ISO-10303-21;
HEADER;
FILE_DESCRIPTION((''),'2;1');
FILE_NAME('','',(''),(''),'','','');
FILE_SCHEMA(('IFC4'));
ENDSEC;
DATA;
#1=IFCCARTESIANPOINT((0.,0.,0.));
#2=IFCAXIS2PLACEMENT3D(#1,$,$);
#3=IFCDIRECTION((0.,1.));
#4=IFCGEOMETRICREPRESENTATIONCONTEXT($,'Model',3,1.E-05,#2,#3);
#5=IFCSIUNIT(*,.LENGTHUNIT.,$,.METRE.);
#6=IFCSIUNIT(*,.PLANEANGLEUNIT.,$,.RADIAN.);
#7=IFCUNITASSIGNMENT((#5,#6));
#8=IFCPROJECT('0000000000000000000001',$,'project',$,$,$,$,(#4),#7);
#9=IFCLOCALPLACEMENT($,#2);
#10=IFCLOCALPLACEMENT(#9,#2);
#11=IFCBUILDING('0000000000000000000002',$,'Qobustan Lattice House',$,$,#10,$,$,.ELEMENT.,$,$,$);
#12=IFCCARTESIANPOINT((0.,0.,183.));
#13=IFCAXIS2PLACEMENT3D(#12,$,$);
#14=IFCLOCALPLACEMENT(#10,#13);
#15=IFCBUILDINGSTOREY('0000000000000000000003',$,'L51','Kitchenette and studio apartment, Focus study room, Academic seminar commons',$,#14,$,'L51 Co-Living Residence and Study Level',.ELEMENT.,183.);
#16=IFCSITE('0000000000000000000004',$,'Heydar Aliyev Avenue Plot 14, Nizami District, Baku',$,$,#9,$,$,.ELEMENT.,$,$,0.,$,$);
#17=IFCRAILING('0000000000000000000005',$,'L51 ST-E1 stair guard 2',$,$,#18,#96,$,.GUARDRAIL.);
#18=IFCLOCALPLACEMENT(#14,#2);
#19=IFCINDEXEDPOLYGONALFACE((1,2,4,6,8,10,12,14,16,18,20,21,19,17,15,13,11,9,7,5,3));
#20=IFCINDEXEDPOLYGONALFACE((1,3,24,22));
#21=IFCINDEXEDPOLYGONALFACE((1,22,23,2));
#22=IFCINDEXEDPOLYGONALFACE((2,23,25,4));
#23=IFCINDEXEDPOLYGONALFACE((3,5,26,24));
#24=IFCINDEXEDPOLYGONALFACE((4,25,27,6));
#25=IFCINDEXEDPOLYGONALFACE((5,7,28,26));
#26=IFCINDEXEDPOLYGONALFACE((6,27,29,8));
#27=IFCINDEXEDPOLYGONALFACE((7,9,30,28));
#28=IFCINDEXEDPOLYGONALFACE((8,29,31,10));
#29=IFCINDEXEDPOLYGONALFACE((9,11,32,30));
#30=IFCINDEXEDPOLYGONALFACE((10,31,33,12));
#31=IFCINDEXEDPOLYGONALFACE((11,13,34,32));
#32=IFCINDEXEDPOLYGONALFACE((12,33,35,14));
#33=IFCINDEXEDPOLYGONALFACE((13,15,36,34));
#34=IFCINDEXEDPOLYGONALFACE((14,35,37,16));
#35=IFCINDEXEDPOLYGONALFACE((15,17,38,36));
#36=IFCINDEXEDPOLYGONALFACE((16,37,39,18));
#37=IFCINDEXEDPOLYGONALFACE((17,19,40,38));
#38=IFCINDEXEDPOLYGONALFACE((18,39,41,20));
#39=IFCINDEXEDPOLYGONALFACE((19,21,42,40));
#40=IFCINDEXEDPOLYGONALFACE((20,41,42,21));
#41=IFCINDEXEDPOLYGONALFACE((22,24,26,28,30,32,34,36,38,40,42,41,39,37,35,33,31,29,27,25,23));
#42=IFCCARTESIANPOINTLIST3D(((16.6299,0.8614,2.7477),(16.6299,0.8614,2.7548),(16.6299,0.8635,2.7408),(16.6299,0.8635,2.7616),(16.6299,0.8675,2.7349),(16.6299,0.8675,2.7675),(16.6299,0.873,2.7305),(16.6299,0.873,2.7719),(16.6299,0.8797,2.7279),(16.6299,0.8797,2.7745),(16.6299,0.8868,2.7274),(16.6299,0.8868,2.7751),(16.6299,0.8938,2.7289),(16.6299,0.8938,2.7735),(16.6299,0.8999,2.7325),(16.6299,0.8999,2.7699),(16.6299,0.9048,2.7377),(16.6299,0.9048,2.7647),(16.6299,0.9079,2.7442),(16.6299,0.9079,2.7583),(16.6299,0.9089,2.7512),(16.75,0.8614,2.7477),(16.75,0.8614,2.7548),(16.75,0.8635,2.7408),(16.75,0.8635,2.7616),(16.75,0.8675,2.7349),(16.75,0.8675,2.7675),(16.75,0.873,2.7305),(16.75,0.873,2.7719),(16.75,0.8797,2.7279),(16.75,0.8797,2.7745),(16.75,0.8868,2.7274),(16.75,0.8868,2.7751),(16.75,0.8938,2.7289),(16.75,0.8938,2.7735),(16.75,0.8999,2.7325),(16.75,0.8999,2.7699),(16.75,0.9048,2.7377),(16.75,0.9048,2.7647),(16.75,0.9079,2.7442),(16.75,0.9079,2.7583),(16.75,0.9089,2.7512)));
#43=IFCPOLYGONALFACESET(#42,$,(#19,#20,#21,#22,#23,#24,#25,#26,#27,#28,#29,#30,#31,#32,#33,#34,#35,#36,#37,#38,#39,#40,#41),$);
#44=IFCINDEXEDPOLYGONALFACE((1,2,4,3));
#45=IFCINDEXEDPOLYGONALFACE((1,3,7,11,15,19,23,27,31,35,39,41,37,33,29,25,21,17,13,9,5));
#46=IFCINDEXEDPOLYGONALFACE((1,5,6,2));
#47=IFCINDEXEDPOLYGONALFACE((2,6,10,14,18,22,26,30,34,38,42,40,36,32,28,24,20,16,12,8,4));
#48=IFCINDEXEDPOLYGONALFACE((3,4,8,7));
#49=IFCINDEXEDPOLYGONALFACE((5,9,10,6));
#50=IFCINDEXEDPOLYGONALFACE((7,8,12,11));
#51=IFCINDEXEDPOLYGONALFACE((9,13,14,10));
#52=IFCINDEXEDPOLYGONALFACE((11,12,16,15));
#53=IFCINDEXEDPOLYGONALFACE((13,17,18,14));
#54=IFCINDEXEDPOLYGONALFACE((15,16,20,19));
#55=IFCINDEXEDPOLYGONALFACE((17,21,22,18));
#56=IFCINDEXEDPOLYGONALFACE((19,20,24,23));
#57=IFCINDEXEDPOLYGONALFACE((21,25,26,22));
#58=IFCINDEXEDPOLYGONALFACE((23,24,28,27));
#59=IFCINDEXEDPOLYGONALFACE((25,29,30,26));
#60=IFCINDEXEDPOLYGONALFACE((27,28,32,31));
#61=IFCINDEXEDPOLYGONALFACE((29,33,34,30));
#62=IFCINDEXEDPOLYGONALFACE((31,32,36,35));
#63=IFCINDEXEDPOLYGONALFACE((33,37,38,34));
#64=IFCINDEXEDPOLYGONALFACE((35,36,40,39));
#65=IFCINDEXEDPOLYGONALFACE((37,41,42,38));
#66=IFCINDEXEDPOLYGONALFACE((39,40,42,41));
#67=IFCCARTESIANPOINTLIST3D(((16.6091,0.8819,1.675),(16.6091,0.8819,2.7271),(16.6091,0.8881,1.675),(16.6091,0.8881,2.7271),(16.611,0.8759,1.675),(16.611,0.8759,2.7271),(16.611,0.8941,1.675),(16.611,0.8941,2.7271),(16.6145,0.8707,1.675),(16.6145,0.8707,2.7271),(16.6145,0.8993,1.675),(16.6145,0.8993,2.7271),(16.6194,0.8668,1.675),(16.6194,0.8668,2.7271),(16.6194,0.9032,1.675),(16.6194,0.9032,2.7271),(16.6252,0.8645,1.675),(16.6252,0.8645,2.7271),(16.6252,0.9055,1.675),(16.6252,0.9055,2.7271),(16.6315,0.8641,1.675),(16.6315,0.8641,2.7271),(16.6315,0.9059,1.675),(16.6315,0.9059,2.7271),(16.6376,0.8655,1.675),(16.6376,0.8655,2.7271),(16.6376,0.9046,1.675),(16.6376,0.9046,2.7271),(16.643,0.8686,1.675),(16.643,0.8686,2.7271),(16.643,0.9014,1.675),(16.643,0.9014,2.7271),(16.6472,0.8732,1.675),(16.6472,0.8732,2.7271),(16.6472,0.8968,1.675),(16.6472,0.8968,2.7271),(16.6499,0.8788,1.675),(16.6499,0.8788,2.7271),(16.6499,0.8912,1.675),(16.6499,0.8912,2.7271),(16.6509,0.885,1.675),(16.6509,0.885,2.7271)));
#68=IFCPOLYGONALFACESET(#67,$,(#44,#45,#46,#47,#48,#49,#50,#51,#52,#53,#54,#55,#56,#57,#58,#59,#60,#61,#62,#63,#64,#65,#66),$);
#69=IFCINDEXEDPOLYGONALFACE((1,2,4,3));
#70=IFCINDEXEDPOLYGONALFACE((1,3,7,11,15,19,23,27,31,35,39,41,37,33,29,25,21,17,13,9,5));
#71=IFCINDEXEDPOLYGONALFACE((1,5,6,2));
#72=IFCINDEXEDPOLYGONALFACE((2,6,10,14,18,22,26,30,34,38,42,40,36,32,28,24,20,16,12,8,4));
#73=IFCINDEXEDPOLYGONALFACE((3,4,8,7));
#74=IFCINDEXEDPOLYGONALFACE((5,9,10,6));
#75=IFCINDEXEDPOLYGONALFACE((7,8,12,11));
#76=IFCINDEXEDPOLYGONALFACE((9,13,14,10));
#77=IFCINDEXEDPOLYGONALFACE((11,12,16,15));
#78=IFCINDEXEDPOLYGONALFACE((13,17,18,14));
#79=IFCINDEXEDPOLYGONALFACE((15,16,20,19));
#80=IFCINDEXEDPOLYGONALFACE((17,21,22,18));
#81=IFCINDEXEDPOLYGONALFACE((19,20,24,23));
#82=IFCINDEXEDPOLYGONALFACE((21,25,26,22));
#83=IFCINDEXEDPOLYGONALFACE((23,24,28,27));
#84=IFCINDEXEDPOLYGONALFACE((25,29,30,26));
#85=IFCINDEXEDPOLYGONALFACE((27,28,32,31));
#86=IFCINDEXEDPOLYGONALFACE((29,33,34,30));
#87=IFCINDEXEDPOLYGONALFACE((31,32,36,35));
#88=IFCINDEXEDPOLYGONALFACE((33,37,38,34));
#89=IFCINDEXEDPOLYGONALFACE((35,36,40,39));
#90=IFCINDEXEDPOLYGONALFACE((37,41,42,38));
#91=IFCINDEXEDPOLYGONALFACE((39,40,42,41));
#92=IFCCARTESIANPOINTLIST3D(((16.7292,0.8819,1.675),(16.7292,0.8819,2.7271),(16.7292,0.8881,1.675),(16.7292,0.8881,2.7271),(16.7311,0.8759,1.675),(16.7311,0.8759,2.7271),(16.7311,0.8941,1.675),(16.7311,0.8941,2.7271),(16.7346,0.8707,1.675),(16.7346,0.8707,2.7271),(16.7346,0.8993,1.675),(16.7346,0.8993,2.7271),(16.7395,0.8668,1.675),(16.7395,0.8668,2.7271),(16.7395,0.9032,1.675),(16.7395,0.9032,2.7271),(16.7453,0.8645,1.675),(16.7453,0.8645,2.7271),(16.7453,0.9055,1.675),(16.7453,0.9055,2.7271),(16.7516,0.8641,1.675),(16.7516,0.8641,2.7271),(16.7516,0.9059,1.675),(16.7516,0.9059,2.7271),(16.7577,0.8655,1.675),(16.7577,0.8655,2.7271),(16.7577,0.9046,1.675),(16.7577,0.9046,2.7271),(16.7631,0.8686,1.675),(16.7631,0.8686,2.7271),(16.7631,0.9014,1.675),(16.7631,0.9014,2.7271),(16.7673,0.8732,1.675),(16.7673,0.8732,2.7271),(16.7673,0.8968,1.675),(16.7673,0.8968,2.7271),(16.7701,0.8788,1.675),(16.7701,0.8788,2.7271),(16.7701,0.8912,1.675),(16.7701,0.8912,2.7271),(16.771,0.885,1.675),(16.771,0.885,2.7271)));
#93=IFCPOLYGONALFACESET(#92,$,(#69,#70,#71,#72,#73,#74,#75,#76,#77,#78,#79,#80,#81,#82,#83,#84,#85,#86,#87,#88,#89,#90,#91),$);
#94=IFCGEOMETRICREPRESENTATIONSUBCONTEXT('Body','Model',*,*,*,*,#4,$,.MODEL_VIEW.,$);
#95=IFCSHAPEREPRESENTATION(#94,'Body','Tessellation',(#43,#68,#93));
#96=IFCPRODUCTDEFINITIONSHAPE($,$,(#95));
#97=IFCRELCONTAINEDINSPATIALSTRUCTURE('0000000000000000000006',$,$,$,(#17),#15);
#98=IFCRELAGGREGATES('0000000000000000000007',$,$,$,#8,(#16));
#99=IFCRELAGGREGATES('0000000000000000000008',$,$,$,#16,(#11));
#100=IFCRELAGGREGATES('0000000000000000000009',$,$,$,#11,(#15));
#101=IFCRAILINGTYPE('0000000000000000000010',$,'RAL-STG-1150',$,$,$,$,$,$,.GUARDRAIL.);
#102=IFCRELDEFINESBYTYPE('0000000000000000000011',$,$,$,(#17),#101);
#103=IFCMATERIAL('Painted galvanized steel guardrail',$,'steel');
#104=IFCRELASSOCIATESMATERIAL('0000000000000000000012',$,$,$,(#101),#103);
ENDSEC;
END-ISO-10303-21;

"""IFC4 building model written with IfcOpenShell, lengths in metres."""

from ifc_helpers import new_model, si_unit, direction, frame, origin, origin_2d, place, context, subcontext, project, spatial, circle, extrude, material, type_object, element, save


model = new_model("IFC4")

# Units and contexts
model_context = context("Model", 3, precision=1e-05, world=origin(), true_north=direction((0.0, 1.0)))
body_context = subcontext(model_context, "Body", "Model", "MODEL_VIEW")
ifc_project = project(units=[si_unit("LENGTHUNIT", "METRE"), si_unit("PLANEANGLEUNIT", "RADIAN")], contexts=[model_context])

# Site, building, storey
site_placement = place(None, origin())
site = spatial("IfcSite", under=ifc_project, at=site_placement, Name="Heydar Aliyev Avenue Plot 14, Nizami District, Baku", CompositionType="ELEMENT", RefElevation=0.0)
building_placement = place(site_placement, origin())
building = spatial("IfcBuilding", under=site, at=building_placement, Name="Qobustan Lattice House", CompositionType="ELEMENT")
storey_placement = place(building_placement, frame((0.0, 0.0, 183.0)))
storey = spatial("IfcBuildingStorey", under=building, at=storey_placement, Name="L51", Description="Kitchenette and studio apartment, Focus study room, Academic seminar commons", LongName="L51 Co-Living Residence and Study Level", CompositionType="ELEMENT", Elevation=183.0)

# Railing
ifc_material_1 = material(Name="Painted galvanized steel guardrail", Category="steel")
railing_type = type_object("IfcRailingType", Name="RAL-STG-1150", PredefinedType="GUARDRAIL", material=ifc_material_1)
railing_placement = place(storey_placement, frame((16.6299, 0.885, 1.675)))
element("IfcRailing", 1, at=railing_placement, inside=storey, type_object=railing_type, Name="L51 ST-E1 stair guard 2", PredefinedType="GUARDRAIL", context=body_context, shape_type="SweptSolid", body=[
    extrude(circle(Radius=0.0239, at=origin_2d()), frame((0.0, 0.0, 1.0762), z_axis=(1.0, 0.0, 0.0), x_axis=(0.0, 1.0, 0.0)), (0.0, 0.0, 1.0), 0.1201),
    extrude(circle(Radius=0.021, at=origin_2d()), origin(), (0.0, 0.0, 1.0), 1.052),
    extrude(circle(Radius=0.021, at=origin_2d()), frame((0.1201, 0.0, 0.0)), (0.0, 0.0, 1.0), 1.052),
])

save(model, "model.ifc")
